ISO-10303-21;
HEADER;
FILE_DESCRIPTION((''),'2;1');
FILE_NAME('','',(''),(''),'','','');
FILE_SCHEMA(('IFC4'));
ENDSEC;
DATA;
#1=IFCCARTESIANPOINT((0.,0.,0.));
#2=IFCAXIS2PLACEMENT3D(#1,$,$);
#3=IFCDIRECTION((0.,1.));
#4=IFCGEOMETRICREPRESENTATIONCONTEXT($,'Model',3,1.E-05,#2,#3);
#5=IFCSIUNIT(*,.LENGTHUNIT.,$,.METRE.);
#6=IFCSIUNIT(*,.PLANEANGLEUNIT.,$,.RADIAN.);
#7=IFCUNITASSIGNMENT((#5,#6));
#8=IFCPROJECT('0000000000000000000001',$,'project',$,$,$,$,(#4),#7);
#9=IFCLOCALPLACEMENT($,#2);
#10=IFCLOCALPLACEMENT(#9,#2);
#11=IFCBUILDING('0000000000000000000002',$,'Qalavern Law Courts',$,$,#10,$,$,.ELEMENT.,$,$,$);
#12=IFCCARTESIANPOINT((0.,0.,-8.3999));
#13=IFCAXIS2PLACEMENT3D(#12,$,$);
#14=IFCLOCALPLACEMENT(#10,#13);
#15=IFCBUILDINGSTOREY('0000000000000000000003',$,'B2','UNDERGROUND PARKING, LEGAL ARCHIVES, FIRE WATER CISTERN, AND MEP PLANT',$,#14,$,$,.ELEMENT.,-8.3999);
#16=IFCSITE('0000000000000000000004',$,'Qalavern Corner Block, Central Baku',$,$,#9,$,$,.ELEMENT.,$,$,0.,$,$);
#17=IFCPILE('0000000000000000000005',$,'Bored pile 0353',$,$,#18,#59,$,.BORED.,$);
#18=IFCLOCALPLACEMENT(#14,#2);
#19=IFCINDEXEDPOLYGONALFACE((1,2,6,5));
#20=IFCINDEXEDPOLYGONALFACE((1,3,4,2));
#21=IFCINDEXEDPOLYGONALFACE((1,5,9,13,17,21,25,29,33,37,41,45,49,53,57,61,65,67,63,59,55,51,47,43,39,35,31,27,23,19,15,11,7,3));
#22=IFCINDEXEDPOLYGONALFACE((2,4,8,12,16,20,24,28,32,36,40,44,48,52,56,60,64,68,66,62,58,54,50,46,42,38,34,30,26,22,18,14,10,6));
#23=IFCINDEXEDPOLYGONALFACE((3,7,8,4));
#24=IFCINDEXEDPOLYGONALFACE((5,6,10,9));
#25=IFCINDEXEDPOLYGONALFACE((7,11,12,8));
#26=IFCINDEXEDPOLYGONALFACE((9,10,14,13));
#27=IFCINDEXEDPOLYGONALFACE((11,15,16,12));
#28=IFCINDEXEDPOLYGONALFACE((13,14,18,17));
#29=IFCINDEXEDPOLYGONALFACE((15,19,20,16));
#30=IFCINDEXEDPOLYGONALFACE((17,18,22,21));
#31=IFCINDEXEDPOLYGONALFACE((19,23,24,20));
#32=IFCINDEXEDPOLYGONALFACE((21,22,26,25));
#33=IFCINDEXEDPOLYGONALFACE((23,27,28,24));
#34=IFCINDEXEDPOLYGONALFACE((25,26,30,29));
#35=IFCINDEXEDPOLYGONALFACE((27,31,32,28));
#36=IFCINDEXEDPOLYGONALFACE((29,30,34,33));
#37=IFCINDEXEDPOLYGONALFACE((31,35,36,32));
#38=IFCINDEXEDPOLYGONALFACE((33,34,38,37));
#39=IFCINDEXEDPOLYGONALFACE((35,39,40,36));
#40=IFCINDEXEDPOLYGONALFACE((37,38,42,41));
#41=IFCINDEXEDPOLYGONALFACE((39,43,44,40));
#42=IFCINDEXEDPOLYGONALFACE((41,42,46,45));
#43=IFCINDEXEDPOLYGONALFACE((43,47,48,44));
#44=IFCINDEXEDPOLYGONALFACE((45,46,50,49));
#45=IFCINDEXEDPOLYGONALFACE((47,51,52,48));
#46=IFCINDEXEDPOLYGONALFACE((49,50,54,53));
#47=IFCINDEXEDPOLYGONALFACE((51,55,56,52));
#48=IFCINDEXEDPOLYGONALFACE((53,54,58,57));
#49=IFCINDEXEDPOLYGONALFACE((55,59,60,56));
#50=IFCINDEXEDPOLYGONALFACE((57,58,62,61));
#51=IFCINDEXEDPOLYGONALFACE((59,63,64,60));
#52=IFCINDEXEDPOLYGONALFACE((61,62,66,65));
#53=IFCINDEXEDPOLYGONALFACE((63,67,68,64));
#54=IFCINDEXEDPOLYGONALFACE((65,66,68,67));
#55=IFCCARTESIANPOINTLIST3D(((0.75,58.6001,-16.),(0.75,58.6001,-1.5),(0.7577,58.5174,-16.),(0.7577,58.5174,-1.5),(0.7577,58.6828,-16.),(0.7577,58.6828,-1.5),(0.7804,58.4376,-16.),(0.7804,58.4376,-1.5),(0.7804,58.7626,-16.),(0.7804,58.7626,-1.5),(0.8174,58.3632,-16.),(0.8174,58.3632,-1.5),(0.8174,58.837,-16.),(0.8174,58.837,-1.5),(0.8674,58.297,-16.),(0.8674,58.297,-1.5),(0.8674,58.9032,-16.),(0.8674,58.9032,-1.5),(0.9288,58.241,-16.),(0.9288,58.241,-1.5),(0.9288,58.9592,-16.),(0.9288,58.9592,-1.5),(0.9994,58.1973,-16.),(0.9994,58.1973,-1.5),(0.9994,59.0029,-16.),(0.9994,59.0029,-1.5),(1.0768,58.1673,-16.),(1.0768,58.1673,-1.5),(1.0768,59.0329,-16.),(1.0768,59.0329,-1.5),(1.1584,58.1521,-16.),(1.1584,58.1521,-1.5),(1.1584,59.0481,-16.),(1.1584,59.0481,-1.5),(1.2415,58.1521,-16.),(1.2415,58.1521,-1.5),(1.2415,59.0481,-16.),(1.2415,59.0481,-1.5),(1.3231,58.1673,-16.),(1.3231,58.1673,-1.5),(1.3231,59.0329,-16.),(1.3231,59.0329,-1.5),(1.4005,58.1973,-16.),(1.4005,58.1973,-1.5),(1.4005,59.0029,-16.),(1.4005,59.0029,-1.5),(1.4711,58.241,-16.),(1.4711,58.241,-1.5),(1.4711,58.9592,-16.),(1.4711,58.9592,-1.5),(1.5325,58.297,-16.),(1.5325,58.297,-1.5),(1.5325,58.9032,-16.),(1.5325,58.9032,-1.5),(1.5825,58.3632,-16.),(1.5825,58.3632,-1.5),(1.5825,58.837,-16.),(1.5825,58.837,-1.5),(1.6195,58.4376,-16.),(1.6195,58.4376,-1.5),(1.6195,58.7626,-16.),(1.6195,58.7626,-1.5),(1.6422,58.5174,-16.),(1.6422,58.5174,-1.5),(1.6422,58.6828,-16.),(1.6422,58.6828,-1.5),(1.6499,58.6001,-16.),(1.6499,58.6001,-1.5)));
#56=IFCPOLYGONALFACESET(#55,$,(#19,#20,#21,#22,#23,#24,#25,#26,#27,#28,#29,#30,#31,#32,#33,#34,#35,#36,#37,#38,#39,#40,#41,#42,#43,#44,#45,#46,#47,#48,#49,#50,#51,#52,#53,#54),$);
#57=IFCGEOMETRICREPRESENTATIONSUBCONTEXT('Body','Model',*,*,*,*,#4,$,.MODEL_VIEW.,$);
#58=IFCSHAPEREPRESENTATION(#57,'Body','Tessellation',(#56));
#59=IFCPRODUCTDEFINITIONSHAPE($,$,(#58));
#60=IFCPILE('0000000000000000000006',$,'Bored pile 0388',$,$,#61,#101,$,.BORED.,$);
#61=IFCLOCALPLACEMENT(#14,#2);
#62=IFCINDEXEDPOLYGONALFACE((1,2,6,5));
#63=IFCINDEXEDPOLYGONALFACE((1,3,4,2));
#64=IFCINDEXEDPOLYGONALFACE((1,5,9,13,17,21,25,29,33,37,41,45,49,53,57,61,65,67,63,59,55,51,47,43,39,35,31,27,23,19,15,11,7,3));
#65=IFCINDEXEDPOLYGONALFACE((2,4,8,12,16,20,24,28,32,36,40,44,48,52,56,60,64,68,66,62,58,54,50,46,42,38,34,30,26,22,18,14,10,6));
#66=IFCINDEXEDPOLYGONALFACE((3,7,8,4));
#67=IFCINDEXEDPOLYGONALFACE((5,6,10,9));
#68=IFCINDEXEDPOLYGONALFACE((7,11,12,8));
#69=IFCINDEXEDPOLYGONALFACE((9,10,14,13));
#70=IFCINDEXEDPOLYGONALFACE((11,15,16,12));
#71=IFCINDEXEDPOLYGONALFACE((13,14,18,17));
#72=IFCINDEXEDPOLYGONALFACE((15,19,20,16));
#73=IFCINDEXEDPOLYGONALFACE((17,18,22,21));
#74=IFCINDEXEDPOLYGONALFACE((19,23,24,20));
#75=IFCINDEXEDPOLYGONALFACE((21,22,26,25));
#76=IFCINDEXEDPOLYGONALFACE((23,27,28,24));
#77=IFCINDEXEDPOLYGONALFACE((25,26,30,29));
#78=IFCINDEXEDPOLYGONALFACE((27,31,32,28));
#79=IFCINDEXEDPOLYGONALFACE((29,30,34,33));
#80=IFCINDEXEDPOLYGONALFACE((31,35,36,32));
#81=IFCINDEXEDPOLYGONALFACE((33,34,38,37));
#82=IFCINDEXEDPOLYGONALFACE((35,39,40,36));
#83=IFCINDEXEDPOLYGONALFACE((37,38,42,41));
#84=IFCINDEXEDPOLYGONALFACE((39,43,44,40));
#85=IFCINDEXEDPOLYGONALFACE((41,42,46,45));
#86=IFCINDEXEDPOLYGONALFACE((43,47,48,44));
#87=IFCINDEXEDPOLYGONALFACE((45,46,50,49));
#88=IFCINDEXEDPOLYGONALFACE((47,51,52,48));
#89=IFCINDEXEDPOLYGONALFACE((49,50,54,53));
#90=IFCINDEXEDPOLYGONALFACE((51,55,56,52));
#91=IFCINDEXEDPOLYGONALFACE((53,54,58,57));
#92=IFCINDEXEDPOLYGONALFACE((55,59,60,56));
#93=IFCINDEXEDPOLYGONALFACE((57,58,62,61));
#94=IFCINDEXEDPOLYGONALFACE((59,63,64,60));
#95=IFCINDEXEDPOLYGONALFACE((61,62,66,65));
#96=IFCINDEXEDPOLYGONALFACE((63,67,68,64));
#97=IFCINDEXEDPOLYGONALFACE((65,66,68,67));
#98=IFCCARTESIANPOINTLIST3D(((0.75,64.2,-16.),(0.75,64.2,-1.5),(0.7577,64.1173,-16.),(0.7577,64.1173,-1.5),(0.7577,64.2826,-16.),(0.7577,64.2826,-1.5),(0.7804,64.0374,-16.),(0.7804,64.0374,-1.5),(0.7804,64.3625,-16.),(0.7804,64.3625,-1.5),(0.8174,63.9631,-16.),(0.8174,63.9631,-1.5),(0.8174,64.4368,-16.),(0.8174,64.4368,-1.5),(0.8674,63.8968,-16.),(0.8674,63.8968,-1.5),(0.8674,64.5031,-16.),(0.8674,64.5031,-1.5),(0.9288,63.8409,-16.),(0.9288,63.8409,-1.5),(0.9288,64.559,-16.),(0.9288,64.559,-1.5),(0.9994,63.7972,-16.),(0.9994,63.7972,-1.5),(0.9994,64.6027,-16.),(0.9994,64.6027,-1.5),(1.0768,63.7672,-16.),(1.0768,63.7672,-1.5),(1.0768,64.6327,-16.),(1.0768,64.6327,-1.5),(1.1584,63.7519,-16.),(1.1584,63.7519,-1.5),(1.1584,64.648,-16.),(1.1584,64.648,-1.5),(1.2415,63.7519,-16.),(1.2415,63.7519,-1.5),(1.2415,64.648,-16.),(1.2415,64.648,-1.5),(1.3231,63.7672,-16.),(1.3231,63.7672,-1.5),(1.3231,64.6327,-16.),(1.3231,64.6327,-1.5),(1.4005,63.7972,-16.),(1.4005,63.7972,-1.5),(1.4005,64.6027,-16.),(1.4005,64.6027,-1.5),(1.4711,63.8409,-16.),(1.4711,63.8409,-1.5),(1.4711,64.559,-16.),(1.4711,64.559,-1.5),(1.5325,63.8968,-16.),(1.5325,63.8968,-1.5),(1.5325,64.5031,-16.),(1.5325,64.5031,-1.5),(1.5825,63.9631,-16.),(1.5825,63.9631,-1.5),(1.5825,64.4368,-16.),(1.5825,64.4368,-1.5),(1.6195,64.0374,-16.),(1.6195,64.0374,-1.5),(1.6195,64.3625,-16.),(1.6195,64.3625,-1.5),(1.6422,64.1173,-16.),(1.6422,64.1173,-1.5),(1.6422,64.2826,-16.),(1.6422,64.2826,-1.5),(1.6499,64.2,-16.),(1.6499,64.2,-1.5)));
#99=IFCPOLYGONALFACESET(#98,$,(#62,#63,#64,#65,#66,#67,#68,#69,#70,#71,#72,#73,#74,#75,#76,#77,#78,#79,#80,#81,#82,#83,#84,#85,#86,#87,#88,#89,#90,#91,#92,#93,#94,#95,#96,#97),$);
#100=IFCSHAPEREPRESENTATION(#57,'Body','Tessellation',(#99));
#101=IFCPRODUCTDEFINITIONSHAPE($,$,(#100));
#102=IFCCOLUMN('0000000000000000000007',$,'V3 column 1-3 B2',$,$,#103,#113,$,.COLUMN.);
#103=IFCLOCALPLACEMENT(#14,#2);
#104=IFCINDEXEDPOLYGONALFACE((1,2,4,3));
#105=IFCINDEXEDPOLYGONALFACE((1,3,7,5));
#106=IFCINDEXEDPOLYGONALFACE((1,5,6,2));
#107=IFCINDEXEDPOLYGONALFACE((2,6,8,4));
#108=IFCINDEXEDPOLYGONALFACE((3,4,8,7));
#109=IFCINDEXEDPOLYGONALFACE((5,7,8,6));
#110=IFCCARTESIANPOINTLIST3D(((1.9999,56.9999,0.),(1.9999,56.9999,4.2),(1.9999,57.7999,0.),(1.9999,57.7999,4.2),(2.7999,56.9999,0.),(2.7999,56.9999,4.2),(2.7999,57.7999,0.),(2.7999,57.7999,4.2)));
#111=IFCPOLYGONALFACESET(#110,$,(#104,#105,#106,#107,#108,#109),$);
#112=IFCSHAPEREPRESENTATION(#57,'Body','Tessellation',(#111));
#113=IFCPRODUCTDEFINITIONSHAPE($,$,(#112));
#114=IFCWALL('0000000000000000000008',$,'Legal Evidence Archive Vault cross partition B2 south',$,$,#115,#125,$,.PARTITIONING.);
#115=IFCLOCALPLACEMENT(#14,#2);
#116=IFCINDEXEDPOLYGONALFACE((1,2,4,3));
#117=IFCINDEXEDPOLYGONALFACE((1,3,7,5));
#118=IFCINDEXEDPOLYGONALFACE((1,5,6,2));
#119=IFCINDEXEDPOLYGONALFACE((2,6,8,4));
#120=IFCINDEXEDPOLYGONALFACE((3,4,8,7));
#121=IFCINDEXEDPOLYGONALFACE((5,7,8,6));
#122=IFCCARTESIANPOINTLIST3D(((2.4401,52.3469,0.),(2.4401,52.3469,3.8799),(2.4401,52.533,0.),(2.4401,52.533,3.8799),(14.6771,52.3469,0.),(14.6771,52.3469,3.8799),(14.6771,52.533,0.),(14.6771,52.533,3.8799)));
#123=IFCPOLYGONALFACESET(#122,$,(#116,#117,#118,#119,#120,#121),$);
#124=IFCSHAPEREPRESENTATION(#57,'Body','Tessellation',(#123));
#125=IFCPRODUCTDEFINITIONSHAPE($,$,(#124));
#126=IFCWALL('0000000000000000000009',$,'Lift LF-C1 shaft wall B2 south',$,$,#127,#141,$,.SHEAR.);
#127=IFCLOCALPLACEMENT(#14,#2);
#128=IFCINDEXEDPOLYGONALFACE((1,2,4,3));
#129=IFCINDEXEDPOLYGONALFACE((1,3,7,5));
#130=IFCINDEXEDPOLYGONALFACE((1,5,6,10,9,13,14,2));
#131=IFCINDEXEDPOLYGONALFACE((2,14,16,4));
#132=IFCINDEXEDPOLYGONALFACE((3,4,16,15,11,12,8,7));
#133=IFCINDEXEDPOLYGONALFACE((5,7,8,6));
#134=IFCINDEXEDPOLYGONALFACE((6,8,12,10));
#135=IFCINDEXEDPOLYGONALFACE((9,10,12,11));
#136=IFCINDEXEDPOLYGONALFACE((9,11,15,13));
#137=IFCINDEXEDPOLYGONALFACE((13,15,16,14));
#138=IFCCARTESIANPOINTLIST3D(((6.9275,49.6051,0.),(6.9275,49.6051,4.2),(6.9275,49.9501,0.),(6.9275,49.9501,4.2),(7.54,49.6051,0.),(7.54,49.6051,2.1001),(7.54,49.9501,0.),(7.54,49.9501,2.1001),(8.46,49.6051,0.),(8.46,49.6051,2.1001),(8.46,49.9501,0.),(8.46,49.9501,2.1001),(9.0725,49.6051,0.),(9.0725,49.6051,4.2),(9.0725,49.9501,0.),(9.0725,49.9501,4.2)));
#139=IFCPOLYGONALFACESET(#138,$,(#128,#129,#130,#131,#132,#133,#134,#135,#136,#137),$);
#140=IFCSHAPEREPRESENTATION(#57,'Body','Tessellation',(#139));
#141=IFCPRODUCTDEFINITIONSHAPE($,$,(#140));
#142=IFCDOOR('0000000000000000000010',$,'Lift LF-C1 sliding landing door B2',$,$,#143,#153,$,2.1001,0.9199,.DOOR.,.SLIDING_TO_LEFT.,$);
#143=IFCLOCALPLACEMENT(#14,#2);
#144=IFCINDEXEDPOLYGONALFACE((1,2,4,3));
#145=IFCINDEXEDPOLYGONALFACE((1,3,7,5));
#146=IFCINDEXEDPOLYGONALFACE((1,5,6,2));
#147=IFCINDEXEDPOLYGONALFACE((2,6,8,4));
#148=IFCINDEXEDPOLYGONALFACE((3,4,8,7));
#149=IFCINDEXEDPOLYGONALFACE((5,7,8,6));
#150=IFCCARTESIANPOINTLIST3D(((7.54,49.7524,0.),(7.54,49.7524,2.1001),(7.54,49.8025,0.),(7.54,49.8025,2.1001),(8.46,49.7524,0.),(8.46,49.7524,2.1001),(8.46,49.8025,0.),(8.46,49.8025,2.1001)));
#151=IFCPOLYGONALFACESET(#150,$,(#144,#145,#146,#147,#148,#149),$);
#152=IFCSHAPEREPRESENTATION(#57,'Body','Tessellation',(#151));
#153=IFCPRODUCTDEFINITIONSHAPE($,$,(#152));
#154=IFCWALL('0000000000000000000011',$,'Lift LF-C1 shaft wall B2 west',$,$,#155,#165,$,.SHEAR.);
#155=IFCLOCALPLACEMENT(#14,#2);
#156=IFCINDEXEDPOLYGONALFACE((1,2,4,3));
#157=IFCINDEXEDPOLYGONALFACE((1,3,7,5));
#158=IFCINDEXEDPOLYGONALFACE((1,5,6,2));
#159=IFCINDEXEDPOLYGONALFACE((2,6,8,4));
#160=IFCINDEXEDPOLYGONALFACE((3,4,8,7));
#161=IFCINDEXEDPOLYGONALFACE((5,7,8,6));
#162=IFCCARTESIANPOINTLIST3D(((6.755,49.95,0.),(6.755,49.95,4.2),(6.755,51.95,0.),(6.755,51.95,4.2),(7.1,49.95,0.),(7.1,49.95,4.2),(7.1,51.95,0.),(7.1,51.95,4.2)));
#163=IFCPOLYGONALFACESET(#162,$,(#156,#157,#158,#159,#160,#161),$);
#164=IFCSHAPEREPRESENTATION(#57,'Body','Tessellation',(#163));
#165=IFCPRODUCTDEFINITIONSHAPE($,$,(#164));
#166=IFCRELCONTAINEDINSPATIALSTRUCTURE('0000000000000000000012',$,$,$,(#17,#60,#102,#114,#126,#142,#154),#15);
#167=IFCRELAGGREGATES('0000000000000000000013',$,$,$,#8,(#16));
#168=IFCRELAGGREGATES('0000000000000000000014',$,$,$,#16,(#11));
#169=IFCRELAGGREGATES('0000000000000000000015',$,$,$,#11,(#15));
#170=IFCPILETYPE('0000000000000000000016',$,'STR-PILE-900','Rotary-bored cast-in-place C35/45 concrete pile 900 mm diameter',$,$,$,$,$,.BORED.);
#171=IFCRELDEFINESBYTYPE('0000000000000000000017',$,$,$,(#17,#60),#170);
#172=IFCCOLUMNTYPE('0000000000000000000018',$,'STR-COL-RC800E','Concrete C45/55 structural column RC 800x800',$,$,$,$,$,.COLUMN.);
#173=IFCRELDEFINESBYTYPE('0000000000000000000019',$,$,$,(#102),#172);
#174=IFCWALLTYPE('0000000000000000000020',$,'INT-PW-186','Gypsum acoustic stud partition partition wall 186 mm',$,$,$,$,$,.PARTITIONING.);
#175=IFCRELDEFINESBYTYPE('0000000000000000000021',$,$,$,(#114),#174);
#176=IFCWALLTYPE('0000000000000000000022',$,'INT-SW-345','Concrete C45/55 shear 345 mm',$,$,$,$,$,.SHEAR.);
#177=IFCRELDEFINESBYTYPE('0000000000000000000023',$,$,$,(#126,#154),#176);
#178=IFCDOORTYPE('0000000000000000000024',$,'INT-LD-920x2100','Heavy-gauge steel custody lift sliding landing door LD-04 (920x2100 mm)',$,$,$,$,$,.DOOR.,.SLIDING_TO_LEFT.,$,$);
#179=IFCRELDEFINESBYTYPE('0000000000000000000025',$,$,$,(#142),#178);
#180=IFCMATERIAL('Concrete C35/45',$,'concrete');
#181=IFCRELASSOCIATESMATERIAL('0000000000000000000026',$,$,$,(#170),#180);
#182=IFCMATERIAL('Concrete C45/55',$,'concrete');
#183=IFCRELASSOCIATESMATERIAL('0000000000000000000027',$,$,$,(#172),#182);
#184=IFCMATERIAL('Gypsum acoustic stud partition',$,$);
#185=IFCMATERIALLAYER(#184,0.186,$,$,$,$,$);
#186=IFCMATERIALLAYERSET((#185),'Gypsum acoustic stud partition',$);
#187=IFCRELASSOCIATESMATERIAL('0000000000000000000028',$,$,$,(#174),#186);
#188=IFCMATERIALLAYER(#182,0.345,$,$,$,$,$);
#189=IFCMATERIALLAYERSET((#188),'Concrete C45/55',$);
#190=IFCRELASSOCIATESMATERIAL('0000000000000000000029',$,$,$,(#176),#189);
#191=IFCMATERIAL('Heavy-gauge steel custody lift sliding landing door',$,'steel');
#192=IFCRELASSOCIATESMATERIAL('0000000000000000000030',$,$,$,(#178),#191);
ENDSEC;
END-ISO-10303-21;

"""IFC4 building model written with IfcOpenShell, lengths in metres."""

from ifc_helpers import new_model, si_unit, direction, frame, frame_2d, origin, origin_2d, place, context, subcontext, project, spatial, rectangle, circle, extrude, material, layer, layer_set, material_profile, profile_set, type_object, element, fill, save


model = new_model("IFC4")

# Units and contexts
model_context = context("Model", 3, precision=1e-05, world=origin(), true_north=direction((0.0, 1.0)))
body_context = subcontext(model_context, "Body", "Model", "MODEL_VIEW")
ifc_project = project(units=[si_unit("LENGTHUNIT", "METRE"), si_unit("PLANEANGLEUNIT", "RADIAN")], contexts=[model_context])

# Site, building, storey
site_placement = place(None, origin())
site = spatial("IfcSite", under=ifc_project, at=site_placement, Name="Qalavern Corner Block, Central Baku", CompositionType="ELEMENT", RefElevation=0.0)
building_placement = place(site_placement, origin())
building = spatial("IfcBuilding", under=site, at=building_placement, Name="Qalavern Law Courts", CompositionType="ELEMENT")
storey_placement = place(building_placement, frame((0.0, 0.0, -8.3999)))
storey = spatial("IfcBuildingStorey", under=building, at=storey_placement, Name="B2", Description="UNDERGROUND PARKING, LEGAL ARCHIVES, FIRE WATER CISTERN, AND MEP PLANT", CompositionType="ELEMENT", Elevation=-8.3999)

# Shared definitions
ifc_material_1 = material(Name="Concrete C35/45", Category="concrete")

# Piles
ifc_material_profile_1 = material_profile(ifc_material_1, circle(Radius=0.45, at=origin_2d()), Name="BORED PILE 900")
ifc_profile_set_1 = profile_set([ifc_material_profile_1], Name="Concrete C35/45")
pile_type_1 = type_object("IfcPileType", Name="STR-PILE-900", Description="Rotary-bored cast-in-place C35/45 concrete pile 900 mm diameter", PredefinedType="BORED", material=ifc_profile_set_1)
for number, where, z_axis, x_axis, name in (
    (1, (1.2, 58.6001, -1.5), (0.0, 0.0, -1.0), (1.0, 0.0, 0.0), "Bored pile 0353"),
    (2, (1.2, 64.2, -1.5), (0.0, 0.0, -1.0), (1.0, 0.0, 0.0), "Bored pile 0388"),
):
    element("IfcPile", number, at=place(storey_placement, frame(where, z_axis=z_axis, x_axis=x_axis)), inside=storey, type_object=pile_type_1, Name=name, PredefinedType="BORED", context=body_context, shape_type="SweptSolid", body=[
        extrude(circle(Radius=0.45, at=origin_2d()), origin(), (0.0, 0.0, 1.0), 14.5),
    ])

# Column
ifc_material_2 = material(Name="Concrete C45/55", Category="concrete")
ifc_material_profile_2 = material_profile(ifc_material_2, rectangle(XDim=0.8, YDim=0.8, at=origin_2d()), Name="RC 800x800")
ifc_profile_set_2 = profile_set([ifc_material_profile_2], Name="Concrete C45/55")
column_type = type_object("IfcColumnType", Name="STR-COL-RC800E", Description="Concrete C45/55 structural column RC 800x800", PredefinedType="COLUMN", material=ifc_profile_set_2)
column_placement = place(storey_placement, frame((2.3999, 57.3999, 0.0), z_axis=(0.0, 0.0, 1.0), x_axis=(1.0, 0.0, 0.0)))
element("IfcColumn", 3, at=column_placement, inside=storey, type_object=column_type, Name="V3 column 1-3 B2", PredefinedType="COLUMN", context=body_context, shape_type="SweptSolid", body=[
    extrude(rectangle(XDim=0.8, YDim=0.8, at=origin_2d()), origin(), (0.0, 0.0, 1.0), 4.2),
])

# Wall
ifc_material_3 = material(Name="Gypsum acoustic stud partition")
ifc_layer_1 = layer(ifc_material_3, 0.186)
ifc_layer_set_1 = layer_set([ifc_layer_1], Name="Gypsum acoustic stud partition")
wall_type_1 = type_object("IfcWallType", Name="INT-PW-186", Description="Gypsum acoustic stud partition partition wall 186 mm", PredefinedType="PARTITIONING", material=ifc_layer_set_1)
wall_1_placement = place(storey_placement, frame((2.4399, 52.4399, 0.0), z_axis=(0.0, 0.0, 1.0), x_axis=(1.0, 0.0, 0.0)))
element("IfcWall", 4, at=wall_1_placement, inside=storey, type_object=wall_type_1, Name="Legal Evidence Archive Vault cross partition B2 south", PredefinedType="PARTITIONING", context=body_context, shape_type="SweptSolid", body=[
    extrude(rectangle(XDim=12.2371, YDim=0.186, at=frame_2d((6.1187, 0.0))), origin(), (0.0, 0.0, 1.0), 3.8799),
])

# Wall, opening, door
ifc_layer_2 = layer(ifc_material_2, 0.345)
ifc_layer_set_2 = layer_set([ifc_layer_2], Name="Concrete C45/55")
wall_type_2 = type_object("IfcWallType", Name="INT-SW-345", Description="Concrete C45/55 shear 345 mm", PredefinedType="SHEAR", material=ifc_layer_set_2)
wall_2_placement = place(storey_placement, frame((6.9275, 49.7776, 0.0), z_axis=(0.0, 0.0, 1.0), x_axis=(1.0, 0.0, 0.0)))
wall_2 = element("IfcWall", 5, at=wall_2_placement, inside=storey, type_object=wall_type_2, Name="Lift LF-C1 shaft wall B2 south", PredefinedType="SHEAR", context=body_context, shape_type="SweptSolid", body=[
    extrude(rectangle(XDim=2.145, YDim=0.345, at=frame_2d((1.0725, 0.0))), origin(), (0.0, 0.0, 1.0), 4.2),
])
opening_1_placement = place(wall_2_placement, frame((0.6125, 0.0, 0.0)))
opening_1 = element("IfcOpeningElement", 6, at=opening_1_placement, cuts=wall_2, PredefinedType="OPENING", context=body_context, shape_type="SweptSolid", body=[
    extrude(rectangle(XDim=0.9199, YDim=2.1001, at=frame_2d((0.46, 1.05))), frame((0.0, 0.1875, 0.0), z_axis=(0.0, -1.0, 0.0), x_axis=(1.0, 0.0, 0.0)), (0.0, 0.0, 1.0), 0.3748),
])
ifc_material_4 = material(Name="Heavy-gauge steel custody lift sliding landing door", Category="steel")
door_type = type_object("IfcDoorType", Name="INT-LD-920x2100", Description="Heavy-gauge steel custody lift sliding landing door LD-04 (920x2100 mm)", OperationType="SLIDING_TO_LEFT", PredefinedType="DOOR", material=ifc_material_4)
door_1_placement = place(opening_1_placement, origin())
door_1 = element("IfcDoor", 7, at=door_1_placement, inside=storey, type_object=door_type, Name="Lift LF-C1 sliding landing door B2", OperationType="SLIDING_TO_LEFT", OverallHeight=2.1001, OverallWidth=0.9199, PredefinedType="DOOR", context=body_context, shape_type="SweptSolid", body=[
    extrude(rectangle(XDim=0.9199, YDim=2.1001, at=frame_2d((0.46, 1.05))), frame((0.0, 0.0249, 0.0), z_axis=(0.0, -1.0, 0.0), x_axis=(1.0, 0.0, 0.0)), (0.0, 0.0, 1.0), 0.05),
])
fill(opening_1, door_1)

# Wall
wall_3_placement = place(storey_placement, frame((6.9275, 51.95, 0.0), z_axis=(0.0, 0.0, 1.0), x_axis=(0.0, -1.0, 0.0)))
element("IfcWall", 8, at=wall_3_placement, inside=storey, type_object=wall_type_2, Name="Lift LF-C1 shaft wall B2 west", PredefinedType="SHEAR", context=body_context, shape_type="SweptSolid", body=[
    extrude(rectangle(XDim=2.0, YDim=0.345, at=frame_2d((1.0, 0.0))), origin(), (0.0, 0.0, 1.0), 4.2),
])

save(model, "model.ifc")
